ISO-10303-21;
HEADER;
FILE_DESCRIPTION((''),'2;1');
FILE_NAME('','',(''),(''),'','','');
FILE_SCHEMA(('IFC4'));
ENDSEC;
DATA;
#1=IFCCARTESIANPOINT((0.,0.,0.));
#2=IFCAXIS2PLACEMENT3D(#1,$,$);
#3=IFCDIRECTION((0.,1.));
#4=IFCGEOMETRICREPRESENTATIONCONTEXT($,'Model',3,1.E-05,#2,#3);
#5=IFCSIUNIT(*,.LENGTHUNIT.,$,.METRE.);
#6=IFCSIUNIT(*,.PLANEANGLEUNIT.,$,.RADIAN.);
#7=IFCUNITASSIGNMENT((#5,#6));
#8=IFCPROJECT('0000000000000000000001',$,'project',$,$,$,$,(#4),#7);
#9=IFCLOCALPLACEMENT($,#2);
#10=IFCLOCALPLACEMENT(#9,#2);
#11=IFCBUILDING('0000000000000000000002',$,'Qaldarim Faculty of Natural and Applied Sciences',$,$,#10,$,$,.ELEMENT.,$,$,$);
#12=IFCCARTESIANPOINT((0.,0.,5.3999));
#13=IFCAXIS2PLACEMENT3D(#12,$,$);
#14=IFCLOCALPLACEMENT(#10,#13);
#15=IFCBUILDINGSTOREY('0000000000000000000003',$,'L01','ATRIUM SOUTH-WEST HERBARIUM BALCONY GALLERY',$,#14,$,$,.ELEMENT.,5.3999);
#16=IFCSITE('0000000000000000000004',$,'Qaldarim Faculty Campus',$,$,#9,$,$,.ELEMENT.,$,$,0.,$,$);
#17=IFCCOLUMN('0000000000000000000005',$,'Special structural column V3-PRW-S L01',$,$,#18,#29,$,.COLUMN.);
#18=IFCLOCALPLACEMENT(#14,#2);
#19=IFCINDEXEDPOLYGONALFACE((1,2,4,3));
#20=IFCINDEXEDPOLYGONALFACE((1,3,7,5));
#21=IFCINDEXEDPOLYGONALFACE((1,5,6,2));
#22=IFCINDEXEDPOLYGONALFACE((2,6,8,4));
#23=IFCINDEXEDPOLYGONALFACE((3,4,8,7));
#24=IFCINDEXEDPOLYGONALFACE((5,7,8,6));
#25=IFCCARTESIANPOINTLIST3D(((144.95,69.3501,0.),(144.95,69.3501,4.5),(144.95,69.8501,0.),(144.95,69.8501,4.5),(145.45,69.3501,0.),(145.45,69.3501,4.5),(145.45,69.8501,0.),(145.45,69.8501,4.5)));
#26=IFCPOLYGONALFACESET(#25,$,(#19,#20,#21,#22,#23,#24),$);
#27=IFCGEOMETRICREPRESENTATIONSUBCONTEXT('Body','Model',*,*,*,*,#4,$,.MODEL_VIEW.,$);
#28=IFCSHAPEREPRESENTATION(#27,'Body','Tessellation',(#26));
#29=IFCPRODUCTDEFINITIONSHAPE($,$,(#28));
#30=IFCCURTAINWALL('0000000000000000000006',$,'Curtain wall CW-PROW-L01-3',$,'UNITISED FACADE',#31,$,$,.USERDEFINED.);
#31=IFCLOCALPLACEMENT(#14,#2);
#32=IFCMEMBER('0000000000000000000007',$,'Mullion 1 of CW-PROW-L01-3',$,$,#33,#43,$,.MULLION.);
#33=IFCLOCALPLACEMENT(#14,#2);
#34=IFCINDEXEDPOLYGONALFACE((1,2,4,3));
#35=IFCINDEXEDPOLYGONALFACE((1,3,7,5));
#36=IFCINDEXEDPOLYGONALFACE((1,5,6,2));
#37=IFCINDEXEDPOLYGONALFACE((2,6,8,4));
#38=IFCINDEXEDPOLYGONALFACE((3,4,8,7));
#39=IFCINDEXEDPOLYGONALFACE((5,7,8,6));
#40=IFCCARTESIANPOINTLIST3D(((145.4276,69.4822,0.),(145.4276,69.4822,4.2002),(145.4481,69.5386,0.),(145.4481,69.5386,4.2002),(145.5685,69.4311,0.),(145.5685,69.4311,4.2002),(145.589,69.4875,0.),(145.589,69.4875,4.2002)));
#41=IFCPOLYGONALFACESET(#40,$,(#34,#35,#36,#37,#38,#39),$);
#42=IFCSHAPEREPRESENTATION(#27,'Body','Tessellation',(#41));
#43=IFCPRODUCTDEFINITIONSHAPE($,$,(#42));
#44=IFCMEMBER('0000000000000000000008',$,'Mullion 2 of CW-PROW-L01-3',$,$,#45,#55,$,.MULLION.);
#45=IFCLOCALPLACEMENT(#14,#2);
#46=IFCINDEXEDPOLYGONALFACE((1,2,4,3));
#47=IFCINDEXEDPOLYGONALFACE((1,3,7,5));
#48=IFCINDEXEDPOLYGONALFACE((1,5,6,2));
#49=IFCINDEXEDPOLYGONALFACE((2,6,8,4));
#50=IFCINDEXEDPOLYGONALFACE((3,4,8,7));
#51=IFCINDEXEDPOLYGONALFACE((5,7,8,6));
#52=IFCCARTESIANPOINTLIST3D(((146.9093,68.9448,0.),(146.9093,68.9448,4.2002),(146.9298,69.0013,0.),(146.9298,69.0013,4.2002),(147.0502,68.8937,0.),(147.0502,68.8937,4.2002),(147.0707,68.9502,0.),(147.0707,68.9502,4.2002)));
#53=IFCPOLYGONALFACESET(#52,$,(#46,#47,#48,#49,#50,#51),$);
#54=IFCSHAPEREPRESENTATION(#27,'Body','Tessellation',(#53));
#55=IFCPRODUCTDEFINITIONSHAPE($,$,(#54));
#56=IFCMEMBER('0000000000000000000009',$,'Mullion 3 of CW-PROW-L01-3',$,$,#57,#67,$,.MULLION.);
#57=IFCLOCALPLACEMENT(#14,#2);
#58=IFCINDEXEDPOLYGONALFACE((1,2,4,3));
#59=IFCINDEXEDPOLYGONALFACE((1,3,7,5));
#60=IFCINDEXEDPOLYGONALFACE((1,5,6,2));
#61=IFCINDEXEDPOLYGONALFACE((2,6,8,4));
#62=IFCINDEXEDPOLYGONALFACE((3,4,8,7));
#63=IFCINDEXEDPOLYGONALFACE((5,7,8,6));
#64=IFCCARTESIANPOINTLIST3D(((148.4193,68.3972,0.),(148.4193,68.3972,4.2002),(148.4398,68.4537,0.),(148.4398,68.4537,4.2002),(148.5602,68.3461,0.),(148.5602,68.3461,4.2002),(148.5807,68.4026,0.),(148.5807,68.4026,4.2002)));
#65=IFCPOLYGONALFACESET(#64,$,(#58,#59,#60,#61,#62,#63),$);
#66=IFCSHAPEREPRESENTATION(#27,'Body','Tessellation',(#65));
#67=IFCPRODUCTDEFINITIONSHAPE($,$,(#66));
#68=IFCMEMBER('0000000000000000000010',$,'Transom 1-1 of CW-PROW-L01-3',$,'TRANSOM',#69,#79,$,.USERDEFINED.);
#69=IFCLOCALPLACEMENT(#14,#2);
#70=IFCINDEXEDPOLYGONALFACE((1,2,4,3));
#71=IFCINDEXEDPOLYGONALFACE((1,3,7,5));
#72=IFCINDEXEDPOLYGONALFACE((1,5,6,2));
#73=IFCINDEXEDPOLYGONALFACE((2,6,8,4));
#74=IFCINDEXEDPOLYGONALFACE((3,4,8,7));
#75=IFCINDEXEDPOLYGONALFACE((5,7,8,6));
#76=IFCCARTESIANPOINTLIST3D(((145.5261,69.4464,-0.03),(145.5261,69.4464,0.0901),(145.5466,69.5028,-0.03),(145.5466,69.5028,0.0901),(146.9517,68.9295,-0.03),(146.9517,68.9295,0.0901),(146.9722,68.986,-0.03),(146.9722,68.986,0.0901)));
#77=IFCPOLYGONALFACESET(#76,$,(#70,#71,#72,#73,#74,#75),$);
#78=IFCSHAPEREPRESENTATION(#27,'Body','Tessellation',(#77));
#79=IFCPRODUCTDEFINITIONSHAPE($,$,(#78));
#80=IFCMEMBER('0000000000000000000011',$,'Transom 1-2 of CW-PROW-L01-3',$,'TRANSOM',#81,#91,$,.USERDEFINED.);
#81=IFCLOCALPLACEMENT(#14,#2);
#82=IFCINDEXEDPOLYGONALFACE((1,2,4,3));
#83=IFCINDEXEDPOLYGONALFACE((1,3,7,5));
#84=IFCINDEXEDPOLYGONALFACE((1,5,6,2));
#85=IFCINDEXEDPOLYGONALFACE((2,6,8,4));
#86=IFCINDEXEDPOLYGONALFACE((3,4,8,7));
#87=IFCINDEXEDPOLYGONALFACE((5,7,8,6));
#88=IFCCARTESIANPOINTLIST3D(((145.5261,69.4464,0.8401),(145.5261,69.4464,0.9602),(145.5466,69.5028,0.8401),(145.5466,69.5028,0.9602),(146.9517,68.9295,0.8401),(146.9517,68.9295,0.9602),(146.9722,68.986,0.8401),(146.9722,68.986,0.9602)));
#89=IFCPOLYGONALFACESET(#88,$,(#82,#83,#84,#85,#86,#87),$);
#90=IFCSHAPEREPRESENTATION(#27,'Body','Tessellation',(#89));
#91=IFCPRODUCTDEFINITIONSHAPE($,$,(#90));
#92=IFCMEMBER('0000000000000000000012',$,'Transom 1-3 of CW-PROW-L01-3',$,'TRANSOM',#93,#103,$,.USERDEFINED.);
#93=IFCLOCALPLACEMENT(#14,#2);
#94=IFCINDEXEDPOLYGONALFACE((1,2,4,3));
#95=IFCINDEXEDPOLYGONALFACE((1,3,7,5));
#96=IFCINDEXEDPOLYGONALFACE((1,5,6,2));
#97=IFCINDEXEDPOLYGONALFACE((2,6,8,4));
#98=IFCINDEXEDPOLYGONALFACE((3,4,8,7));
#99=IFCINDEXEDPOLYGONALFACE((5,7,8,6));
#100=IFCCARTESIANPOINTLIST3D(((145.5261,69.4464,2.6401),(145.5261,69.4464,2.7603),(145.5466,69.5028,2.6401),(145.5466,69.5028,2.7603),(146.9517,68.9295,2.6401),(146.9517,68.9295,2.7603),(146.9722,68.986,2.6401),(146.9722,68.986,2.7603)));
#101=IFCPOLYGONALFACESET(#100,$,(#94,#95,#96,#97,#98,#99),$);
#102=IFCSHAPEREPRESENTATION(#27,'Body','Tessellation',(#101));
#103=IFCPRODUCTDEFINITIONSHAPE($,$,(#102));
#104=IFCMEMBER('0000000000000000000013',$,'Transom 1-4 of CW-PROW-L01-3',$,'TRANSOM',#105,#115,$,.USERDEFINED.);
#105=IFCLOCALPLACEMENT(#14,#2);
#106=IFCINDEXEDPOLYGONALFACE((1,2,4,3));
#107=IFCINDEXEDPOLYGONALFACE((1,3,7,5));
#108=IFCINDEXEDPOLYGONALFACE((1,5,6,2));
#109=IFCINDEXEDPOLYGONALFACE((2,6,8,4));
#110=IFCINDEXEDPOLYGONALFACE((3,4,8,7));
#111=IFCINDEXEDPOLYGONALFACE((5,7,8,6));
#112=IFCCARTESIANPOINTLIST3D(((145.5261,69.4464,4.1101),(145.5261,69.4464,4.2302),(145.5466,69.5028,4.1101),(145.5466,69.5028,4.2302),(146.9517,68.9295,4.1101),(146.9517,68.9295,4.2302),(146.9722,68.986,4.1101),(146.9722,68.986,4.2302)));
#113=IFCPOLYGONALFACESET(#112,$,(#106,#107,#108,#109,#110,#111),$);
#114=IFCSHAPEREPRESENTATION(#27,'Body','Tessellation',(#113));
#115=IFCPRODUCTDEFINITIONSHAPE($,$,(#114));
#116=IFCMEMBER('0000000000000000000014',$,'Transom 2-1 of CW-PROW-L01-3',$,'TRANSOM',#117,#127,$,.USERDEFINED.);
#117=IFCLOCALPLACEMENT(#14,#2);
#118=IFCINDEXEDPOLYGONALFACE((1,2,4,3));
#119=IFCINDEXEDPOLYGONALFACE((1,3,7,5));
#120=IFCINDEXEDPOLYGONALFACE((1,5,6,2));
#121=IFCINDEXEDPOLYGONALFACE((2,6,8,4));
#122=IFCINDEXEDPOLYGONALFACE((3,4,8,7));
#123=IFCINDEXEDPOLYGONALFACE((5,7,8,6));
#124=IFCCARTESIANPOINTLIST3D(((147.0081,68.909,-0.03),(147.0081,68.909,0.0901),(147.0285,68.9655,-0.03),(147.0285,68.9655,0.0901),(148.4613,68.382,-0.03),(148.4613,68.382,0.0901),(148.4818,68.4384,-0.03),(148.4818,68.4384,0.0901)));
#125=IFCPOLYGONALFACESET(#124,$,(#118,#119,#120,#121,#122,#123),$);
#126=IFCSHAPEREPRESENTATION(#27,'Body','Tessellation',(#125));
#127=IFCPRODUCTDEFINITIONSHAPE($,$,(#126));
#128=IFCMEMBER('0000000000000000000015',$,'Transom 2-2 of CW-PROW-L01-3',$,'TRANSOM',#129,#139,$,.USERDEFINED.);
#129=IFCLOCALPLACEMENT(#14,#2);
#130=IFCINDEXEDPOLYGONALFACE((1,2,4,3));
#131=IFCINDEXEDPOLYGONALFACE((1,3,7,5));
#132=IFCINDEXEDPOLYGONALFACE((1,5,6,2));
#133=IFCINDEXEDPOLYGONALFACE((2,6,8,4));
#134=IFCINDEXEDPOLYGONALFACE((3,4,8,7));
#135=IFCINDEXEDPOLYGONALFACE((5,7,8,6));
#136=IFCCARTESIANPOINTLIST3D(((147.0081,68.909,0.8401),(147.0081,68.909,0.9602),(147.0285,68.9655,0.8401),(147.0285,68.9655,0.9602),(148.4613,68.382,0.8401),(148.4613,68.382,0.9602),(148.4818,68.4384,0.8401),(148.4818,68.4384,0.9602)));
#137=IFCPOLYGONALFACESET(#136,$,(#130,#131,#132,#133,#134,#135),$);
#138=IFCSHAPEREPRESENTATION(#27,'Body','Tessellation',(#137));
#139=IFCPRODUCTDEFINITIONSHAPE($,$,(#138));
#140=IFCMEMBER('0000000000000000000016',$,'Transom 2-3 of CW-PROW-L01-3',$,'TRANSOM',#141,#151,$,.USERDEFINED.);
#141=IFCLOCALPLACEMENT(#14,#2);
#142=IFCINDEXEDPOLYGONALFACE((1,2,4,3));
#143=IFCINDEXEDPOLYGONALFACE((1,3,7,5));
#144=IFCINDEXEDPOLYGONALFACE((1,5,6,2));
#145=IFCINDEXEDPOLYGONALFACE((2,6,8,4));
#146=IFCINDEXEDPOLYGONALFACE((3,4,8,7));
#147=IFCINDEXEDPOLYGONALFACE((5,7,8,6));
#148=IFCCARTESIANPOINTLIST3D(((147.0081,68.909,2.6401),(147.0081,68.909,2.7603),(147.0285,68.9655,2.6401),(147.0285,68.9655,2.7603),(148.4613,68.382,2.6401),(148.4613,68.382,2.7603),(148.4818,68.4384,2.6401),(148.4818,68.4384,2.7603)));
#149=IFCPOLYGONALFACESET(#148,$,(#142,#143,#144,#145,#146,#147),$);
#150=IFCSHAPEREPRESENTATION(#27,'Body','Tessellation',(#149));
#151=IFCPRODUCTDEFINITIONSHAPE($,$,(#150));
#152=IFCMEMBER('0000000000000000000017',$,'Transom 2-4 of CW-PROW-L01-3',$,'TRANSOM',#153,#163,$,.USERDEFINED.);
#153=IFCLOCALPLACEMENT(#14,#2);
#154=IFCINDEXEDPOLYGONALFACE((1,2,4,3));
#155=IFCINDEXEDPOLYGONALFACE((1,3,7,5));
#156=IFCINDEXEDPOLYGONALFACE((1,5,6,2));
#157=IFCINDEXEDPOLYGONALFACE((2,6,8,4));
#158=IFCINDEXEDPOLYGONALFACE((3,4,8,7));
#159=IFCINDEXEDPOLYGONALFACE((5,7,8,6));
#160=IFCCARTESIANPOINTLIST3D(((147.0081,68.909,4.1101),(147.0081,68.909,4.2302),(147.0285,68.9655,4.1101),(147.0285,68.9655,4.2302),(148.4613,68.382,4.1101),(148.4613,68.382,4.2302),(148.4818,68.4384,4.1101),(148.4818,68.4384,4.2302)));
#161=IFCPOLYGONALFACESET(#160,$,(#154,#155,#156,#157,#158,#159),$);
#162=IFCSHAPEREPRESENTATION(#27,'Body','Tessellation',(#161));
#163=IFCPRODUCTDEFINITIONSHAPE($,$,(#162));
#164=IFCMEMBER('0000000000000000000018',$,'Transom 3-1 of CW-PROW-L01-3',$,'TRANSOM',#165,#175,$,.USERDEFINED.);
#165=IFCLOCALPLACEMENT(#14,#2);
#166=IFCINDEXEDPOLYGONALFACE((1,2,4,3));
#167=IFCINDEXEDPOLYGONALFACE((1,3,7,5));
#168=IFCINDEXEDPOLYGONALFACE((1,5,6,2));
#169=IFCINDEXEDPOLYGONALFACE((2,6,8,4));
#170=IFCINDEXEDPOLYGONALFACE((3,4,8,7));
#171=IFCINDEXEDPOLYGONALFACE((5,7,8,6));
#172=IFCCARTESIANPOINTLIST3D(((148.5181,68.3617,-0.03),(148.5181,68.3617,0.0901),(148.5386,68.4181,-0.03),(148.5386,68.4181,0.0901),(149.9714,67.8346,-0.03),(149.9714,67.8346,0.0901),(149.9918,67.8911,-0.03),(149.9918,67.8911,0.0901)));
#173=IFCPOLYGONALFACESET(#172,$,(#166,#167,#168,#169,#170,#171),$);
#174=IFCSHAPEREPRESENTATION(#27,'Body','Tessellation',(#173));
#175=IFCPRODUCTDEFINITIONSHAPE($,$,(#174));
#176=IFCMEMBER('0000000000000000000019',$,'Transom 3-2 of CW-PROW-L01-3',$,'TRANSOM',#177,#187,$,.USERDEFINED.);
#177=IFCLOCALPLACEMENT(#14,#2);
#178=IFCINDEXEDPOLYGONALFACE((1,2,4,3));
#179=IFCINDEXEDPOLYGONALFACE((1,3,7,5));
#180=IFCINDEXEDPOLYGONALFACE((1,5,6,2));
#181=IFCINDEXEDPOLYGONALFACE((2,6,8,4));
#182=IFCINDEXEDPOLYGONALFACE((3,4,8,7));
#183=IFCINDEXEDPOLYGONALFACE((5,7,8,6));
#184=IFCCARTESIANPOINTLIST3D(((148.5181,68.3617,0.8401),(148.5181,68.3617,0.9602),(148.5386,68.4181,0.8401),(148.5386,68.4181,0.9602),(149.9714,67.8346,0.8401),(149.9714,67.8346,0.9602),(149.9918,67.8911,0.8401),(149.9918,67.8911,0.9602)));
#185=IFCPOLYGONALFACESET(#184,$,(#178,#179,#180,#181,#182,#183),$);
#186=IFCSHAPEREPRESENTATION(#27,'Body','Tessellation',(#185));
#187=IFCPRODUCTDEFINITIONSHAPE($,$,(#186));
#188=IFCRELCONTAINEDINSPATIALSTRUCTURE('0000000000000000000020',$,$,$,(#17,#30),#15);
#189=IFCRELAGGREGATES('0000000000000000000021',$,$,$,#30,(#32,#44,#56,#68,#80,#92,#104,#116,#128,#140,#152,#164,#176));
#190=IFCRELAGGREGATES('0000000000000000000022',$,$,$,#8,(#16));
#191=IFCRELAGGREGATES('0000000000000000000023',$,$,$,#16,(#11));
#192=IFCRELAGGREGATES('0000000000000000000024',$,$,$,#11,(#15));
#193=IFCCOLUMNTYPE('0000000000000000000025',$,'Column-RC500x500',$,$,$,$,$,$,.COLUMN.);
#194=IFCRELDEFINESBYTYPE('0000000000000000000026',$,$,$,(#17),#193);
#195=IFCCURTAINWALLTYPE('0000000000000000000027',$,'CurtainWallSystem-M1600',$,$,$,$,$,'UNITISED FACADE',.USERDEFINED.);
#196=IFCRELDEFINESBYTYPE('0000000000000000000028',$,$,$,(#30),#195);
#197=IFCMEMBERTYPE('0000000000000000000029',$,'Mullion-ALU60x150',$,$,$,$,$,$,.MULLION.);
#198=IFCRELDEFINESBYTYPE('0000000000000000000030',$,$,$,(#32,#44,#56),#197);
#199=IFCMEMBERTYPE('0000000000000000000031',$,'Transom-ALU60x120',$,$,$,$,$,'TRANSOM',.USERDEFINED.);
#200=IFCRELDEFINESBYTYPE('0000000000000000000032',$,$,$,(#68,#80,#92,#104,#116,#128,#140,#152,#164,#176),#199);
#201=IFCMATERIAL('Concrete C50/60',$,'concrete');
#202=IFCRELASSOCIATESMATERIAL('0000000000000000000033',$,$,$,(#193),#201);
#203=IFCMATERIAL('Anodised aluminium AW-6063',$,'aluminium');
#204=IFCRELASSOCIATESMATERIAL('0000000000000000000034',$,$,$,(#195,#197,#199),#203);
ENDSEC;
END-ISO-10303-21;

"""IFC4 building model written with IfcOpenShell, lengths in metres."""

from ifc_helpers import new_model, si_unit, direction, frame, origin, origin_2d, place, context, subcontext, project, spatial, rectangle, extrude, material, material_profile, profile_set, type_object, element, aggregate, save


model = new_model("IFC4")

# Units and contexts
model_context = context("Model", 3, precision=1e-05, world=origin(), true_north=direction((0.0, 1.0)))
body_context = subcontext(model_context, "Body", "Model", "MODEL_VIEW")
ifc_project = project(units=[si_unit("LENGTHUNIT", "METRE"), si_unit("PLANEANGLEUNIT", "RADIAN")], contexts=[model_context])

# Site, building, storey
site_placement = place(None, origin())
site = spatial("IfcSite", under=ifc_project, at=site_placement, Name="Qaldarim Faculty Campus", CompositionType="ELEMENT", RefElevation=0.0)
building_placement = place(site_placement, origin())
building = spatial("IfcBuilding", under=site, at=building_placement, Name="Qaldarim Faculty of Natural and Applied Sciences", CompositionType="ELEMENT")
storey_placement = place(building_placement, frame((0.0, 0.0, 5.3999)))
storey = spatial("IfcBuildingStorey", under=building, at=storey_placement, Name="L01", Description="ATRIUM SOUTH-WEST HERBARIUM BALCONY GALLERY", CompositionType="ELEMENT", Elevation=5.3999)

# Column
ifc_material_1 = material(Name="Concrete C50/60", Category="concrete")
ifc_material_profile_1 = material_profile(ifc_material_1, rectangle(XDim=0.5, YDim=0.5, at=origin_2d()), Name="RC-C500x500")
ifc_profile_set_1 = profile_set([ifc_material_profile_1], Name="Concrete C50/60")
column_type = type_object("IfcColumnType", Name="Column-RC500x500", PredefinedType="COLUMN", material=ifc_profile_set_1)
column_placement = place(storey_placement, frame((145.2, 69.6001, 0.0), z_axis=(0.0, 0.0, 1.0), x_axis=(1.0, 0.0, 0.0)))
element("IfcColumn", 1, at=column_placement, inside=storey, type_object=column_type, Name="Special structural column V3-PRW-S L01", PredefinedType="COLUMN", context=body_context, shape_type="SweptSolid", body=[
    extrude(rectangle(XDim=0.5, YDim=0.5, at=origin_2d()), origin(), (0.0, 0.0, 1.0), 4.5),
])

# Curtain wall, members
ifc_material_2 = material(Name="Anodised aluminium AW-6063", Category="aluminium")
curtain_wall_type = type_object("IfcCurtainWallType", Name="CurtainWallSystem-M1600", ElementType="UNITISED FACADE", PredefinedType="USERDEFINED", material=ifc_material_2)
curtain_wall_placement = place(storey_placement, origin())
curtain_wall = element("IfcCurtainWall", 2, at=curtain_wall_placement, inside=storey, type_object=curtain_wall_type, Name="Curtain wall CW-PROW-L01-3", ObjectType="UNITISED FACADE", PredefinedType="USERDEFINED")
ifc_material_profile_2 = material_profile(ifc_material_2, rectangle(XDim=0.0601, YDim=0.1499, at=origin_2d()), Name="ALU-M60x150")
ifc_profile_set_2 = profile_set([ifc_material_profile_2], Name="Anodised aluminium AW-6063")
member_type_1 = type_object("IfcMemberType", Name="Mullion-ALU60x150", PredefinedType="MULLION", material=ifc_profile_set_2)
member_1_placement = place(storey_placement, frame((145.5083, 69.4849, 0.0), z_axis=(0.0, 0.0, 1.0), x_axis=(0.340872, 0.94011, 0.0)))
member_1 = element("IfcMember", 3, at=member_1_placement, type_object=member_type_1, Name="Mullion 1 of CW-PROW-L01-3", PredefinedType="MULLION", context=body_context, shape_type="SweptSolid", body=[
    extrude(rectangle(XDim=0.0601, YDim=0.1499, at=origin_2d()), origin(), (0.0, 0.0, 1.0), 4.2002),
])
member_2_placement = place(storey_placement, frame((146.99, 68.9475, 0.0), z_axis=(0.0, 0.0, 1.0), x_axis=(0.340872, 0.94011, 0.0)))
member_2 = element("IfcMember", 4, at=member_2_placement, type_object=member_type_1, Name="Mullion 2 of CW-PROW-L01-3", PredefinedType="MULLION", context=body_context, shape_type="SweptSolid", body=[
    extrude(rectangle(XDim=0.0601, YDim=0.1499, at=origin_2d()), origin(), (0.0, 0.0, 1.0), 4.2002),
])
member_3_placement = place(storey_placement, frame((148.5, 68.3999, 0.0), z_axis=(0.0, 0.0, 1.0), x_axis=(0.340872, 0.94011, 0.0)))
member_3 = element("IfcMember", 5, at=member_3_placement, type_object=member_type_1, Name="Mullion 3 of CW-PROW-L01-3", PredefinedType="MULLION", context=body_context, shape_type="SweptSolid", body=[
    extrude(rectangle(XDim=0.0601, YDim=0.1499, at=origin_2d()), origin(), (0.0, 0.0, 1.0), 4.2002),
])
ifc_material_profile_3 = material_profile(ifc_material_2, rectangle(XDim=0.0601, YDim=0.1201, at=origin_2d()), Name="ALU-T60x120")
ifc_profile_set_3 = profile_set([ifc_material_profile_3], Name="Anodised aluminium AW-6063")
member_type_2 = type_object("IfcMemberType", Name="Transom-ALU60x120", ElementType="TRANSOM", PredefinedType="USERDEFINED", material=ifc_profile_set_3)
member_4_placement = place(storey_placement, frame((145.5364, 69.4746, 0.03), z_axis=(0.940117, -0.340851, 0.0), x_axis=(0.340851, 0.940117, 0.0)))
member_4 = element("IfcMember", 6, at=member_4_placement, type_object=member_type_2, Name="Transom 1-1 of CW-PROW-L01-3", ObjectType="TRANSOM", PredefinedType="USERDEFINED", context=body_context, shape_type="SweptSolid", body=[
    extrude(rectangle(XDim=0.0601, YDim=0.1201, at=origin_2d()), origin(), (0.0, 0.0, 1.0), 1.5164),
])
member_5_placement = place(storey_placement, frame((145.5364, 69.4746, 0.9001), z_axis=(0.940117, -0.340851, 0.0), x_axis=(0.340851, 0.940117, 0.0)))
member_5 = element("IfcMember", 7, at=member_5_placement, type_object=member_type_2, Name="Transom 1-2 of CW-PROW-L01-3", ObjectType="TRANSOM", PredefinedType="USERDEFINED", context=body_context, shape_type="SweptSolid", body=[
    extrude(rectangle(XDim=0.0601, YDim=0.1201, at=origin_2d()), origin(), (0.0, 0.0, 1.0), 1.5164),
])
member_6_placement = place(storey_placement, frame((145.5364, 69.4746, 2.7002), z_axis=(0.940117, -0.340851, 0.0), x_axis=(0.340851, 0.940117, 0.0)))
member_6 = element("IfcMember", 8, at=member_6_placement, type_object=member_type_2, Name="Transom 1-3 of CW-PROW-L01-3", ObjectType="TRANSOM", PredefinedType="USERDEFINED", context=body_context, shape_type="SweptSolid", body=[
    extrude(rectangle(XDim=0.0601, YDim=0.1201, at=origin_2d()), origin(), (0.0, 0.0, 1.0), 1.5164),
])
member_7_placement = place(storey_placement, frame((145.5364, 69.4746, 4.1702), z_axis=(0.940117, -0.340851, 0.0), x_axis=(0.340851, 0.940117, 0.0)))
member_7 = element("IfcMember", 9, at=member_7_placement, type_object=member_type_2, Name="Transom 1-4 of CW-PROW-L01-3", ObjectType="TRANSOM", PredefinedType="USERDEFINED", context=body_context, shape_type="SweptSolid", body=[
    extrude(rectangle(XDim=0.0601, YDim=0.1201, at=origin_2d()), origin(), (0.0, 0.0, 1.0), 1.5164),
])
member_8_placement = place(storey_placement, frame((147.0183, 68.9373, 0.03), z_axis=(0.940084, -0.340944, 0.0), x_axis=(0.340944, 0.940084, 0.0)))
member_8 = element("IfcMember", 10, at=member_8_placement, type_object=member_type_2, Name="Transom 2-1 of CW-PROW-L01-3", ObjectType="TRANSOM", PredefinedType="USERDEFINED", context=body_context, shape_type="SweptSolid", body=[
    extrude(rectangle(XDim=0.0601, YDim=0.1201, at=origin_2d()), origin(), (0.0, 0.0, 1.0), 1.5459),
])
member_9_placement = place(storey_placement, frame((147.0183, 68.9373, 0.9001), z_axis=(0.940084, -0.340944, 0.0), x_axis=(0.340944, 0.940084, 0.0)))
member_9 = element("IfcMember", 11, at=member_9_placement, type_object=member_type_2, Name="Transom 2-2 of CW-PROW-L01-3", ObjectType="TRANSOM", PredefinedType="USERDEFINED", context=body_context, shape_type="SweptSolid", body=[
    extrude(rectangle(XDim=0.0601, YDim=0.1201, at=origin_2d()), origin(), (0.0, 0.0, 1.0), 1.5459),
])
member_10_placement = place(storey_placement, frame((147.0183, 68.9373, 2.7002), z_axis=(0.940084, -0.340944, 0.0), x_axis=(0.340944, 0.940084, 0.0)))
member_10 = element("IfcMember", 12, at=member_10_placement, type_object=member_type_2, Name="Transom 2-3 of CW-PROW-L01-3", ObjectType="TRANSOM", PredefinedType="USERDEFINED", context=body_context, shape_type="SweptSolid", body=[
    extrude(rectangle(XDim=0.0601, YDim=0.1201, at=origin_2d()), origin(), (0.0, 0.0, 1.0), 1.5459),
])
member_11_placement = place(storey_placement, frame((147.0183, 68.9373, 4.1702), z_axis=(0.940084, -0.340944, 0.0), x_axis=(0.340944, 0.940084, 0.0)))
member_11 = element("IfcMember", 13, at=member_11_placement, type_object=member_type_2, Name="Transom 2-4 of CW-PROW-L01-3", ObjectType="TRANSOM", PredefinedType="USERDEFINED", context=body_context, shape_type="SweptSolid", body=[
    extrude(rectangle(XDim=0.0601, YDim=0.1201, at=origin_2d()), origin(), (0.0, 0.0, 1.0), 1.5459),
])
member_12_placement = place(storey_placement, frame((148.5283, 68.3899, 0.03), z_axis=(0.940084, -0.340944, 0.0), x_axis=(0.340944, 0.940084, 0.0)))
member_12 = element("IfcMember", 14, at=member_12_placement, type_object=member_type_2, Name="Transom 3-1 of CW-PROW-L01-3", ObjectType="TRANSOM", PredefinedType="USERDEFINED", context=body_context, shape_type="SweptSolid", body=[
    extrude(rectangle(XDim=0.0601, YDim=0.1201, at=origin_2d()), origin(), (0.0, 0.0, 1.0), 1.5459),
])
member_13_placement = place(storey_placement, frame((148.5283, 68.3899, 0.9001), z_axis=(0.940084, -0.340944, 0.0), x_axis=(0.340944, 0.940084, 0.0)))
member_13 = element("IfcMember", 15, at=member_13_placement, type_object=member_type_2, Name="Transom 3-2 of CW-PROW-L01-3", ObjectType="TRANSOM", PredefinedType="USERDEFINED", context=body_context, shape_type="SweptSolid", body=[
    extrude(rectangle(XDim=0.0601, YDim=0.1201, at=origin_2d()), origin(), (0.0, 0.0, 1.0), 1.5459),
])
aggregate(curtain_wall, [member_1, member_2, member_3, member_4, member_5, member_6, member_7, member_8, member_9, member_10, member_11, member_12, member_13])

save(model, "model.ifc")
